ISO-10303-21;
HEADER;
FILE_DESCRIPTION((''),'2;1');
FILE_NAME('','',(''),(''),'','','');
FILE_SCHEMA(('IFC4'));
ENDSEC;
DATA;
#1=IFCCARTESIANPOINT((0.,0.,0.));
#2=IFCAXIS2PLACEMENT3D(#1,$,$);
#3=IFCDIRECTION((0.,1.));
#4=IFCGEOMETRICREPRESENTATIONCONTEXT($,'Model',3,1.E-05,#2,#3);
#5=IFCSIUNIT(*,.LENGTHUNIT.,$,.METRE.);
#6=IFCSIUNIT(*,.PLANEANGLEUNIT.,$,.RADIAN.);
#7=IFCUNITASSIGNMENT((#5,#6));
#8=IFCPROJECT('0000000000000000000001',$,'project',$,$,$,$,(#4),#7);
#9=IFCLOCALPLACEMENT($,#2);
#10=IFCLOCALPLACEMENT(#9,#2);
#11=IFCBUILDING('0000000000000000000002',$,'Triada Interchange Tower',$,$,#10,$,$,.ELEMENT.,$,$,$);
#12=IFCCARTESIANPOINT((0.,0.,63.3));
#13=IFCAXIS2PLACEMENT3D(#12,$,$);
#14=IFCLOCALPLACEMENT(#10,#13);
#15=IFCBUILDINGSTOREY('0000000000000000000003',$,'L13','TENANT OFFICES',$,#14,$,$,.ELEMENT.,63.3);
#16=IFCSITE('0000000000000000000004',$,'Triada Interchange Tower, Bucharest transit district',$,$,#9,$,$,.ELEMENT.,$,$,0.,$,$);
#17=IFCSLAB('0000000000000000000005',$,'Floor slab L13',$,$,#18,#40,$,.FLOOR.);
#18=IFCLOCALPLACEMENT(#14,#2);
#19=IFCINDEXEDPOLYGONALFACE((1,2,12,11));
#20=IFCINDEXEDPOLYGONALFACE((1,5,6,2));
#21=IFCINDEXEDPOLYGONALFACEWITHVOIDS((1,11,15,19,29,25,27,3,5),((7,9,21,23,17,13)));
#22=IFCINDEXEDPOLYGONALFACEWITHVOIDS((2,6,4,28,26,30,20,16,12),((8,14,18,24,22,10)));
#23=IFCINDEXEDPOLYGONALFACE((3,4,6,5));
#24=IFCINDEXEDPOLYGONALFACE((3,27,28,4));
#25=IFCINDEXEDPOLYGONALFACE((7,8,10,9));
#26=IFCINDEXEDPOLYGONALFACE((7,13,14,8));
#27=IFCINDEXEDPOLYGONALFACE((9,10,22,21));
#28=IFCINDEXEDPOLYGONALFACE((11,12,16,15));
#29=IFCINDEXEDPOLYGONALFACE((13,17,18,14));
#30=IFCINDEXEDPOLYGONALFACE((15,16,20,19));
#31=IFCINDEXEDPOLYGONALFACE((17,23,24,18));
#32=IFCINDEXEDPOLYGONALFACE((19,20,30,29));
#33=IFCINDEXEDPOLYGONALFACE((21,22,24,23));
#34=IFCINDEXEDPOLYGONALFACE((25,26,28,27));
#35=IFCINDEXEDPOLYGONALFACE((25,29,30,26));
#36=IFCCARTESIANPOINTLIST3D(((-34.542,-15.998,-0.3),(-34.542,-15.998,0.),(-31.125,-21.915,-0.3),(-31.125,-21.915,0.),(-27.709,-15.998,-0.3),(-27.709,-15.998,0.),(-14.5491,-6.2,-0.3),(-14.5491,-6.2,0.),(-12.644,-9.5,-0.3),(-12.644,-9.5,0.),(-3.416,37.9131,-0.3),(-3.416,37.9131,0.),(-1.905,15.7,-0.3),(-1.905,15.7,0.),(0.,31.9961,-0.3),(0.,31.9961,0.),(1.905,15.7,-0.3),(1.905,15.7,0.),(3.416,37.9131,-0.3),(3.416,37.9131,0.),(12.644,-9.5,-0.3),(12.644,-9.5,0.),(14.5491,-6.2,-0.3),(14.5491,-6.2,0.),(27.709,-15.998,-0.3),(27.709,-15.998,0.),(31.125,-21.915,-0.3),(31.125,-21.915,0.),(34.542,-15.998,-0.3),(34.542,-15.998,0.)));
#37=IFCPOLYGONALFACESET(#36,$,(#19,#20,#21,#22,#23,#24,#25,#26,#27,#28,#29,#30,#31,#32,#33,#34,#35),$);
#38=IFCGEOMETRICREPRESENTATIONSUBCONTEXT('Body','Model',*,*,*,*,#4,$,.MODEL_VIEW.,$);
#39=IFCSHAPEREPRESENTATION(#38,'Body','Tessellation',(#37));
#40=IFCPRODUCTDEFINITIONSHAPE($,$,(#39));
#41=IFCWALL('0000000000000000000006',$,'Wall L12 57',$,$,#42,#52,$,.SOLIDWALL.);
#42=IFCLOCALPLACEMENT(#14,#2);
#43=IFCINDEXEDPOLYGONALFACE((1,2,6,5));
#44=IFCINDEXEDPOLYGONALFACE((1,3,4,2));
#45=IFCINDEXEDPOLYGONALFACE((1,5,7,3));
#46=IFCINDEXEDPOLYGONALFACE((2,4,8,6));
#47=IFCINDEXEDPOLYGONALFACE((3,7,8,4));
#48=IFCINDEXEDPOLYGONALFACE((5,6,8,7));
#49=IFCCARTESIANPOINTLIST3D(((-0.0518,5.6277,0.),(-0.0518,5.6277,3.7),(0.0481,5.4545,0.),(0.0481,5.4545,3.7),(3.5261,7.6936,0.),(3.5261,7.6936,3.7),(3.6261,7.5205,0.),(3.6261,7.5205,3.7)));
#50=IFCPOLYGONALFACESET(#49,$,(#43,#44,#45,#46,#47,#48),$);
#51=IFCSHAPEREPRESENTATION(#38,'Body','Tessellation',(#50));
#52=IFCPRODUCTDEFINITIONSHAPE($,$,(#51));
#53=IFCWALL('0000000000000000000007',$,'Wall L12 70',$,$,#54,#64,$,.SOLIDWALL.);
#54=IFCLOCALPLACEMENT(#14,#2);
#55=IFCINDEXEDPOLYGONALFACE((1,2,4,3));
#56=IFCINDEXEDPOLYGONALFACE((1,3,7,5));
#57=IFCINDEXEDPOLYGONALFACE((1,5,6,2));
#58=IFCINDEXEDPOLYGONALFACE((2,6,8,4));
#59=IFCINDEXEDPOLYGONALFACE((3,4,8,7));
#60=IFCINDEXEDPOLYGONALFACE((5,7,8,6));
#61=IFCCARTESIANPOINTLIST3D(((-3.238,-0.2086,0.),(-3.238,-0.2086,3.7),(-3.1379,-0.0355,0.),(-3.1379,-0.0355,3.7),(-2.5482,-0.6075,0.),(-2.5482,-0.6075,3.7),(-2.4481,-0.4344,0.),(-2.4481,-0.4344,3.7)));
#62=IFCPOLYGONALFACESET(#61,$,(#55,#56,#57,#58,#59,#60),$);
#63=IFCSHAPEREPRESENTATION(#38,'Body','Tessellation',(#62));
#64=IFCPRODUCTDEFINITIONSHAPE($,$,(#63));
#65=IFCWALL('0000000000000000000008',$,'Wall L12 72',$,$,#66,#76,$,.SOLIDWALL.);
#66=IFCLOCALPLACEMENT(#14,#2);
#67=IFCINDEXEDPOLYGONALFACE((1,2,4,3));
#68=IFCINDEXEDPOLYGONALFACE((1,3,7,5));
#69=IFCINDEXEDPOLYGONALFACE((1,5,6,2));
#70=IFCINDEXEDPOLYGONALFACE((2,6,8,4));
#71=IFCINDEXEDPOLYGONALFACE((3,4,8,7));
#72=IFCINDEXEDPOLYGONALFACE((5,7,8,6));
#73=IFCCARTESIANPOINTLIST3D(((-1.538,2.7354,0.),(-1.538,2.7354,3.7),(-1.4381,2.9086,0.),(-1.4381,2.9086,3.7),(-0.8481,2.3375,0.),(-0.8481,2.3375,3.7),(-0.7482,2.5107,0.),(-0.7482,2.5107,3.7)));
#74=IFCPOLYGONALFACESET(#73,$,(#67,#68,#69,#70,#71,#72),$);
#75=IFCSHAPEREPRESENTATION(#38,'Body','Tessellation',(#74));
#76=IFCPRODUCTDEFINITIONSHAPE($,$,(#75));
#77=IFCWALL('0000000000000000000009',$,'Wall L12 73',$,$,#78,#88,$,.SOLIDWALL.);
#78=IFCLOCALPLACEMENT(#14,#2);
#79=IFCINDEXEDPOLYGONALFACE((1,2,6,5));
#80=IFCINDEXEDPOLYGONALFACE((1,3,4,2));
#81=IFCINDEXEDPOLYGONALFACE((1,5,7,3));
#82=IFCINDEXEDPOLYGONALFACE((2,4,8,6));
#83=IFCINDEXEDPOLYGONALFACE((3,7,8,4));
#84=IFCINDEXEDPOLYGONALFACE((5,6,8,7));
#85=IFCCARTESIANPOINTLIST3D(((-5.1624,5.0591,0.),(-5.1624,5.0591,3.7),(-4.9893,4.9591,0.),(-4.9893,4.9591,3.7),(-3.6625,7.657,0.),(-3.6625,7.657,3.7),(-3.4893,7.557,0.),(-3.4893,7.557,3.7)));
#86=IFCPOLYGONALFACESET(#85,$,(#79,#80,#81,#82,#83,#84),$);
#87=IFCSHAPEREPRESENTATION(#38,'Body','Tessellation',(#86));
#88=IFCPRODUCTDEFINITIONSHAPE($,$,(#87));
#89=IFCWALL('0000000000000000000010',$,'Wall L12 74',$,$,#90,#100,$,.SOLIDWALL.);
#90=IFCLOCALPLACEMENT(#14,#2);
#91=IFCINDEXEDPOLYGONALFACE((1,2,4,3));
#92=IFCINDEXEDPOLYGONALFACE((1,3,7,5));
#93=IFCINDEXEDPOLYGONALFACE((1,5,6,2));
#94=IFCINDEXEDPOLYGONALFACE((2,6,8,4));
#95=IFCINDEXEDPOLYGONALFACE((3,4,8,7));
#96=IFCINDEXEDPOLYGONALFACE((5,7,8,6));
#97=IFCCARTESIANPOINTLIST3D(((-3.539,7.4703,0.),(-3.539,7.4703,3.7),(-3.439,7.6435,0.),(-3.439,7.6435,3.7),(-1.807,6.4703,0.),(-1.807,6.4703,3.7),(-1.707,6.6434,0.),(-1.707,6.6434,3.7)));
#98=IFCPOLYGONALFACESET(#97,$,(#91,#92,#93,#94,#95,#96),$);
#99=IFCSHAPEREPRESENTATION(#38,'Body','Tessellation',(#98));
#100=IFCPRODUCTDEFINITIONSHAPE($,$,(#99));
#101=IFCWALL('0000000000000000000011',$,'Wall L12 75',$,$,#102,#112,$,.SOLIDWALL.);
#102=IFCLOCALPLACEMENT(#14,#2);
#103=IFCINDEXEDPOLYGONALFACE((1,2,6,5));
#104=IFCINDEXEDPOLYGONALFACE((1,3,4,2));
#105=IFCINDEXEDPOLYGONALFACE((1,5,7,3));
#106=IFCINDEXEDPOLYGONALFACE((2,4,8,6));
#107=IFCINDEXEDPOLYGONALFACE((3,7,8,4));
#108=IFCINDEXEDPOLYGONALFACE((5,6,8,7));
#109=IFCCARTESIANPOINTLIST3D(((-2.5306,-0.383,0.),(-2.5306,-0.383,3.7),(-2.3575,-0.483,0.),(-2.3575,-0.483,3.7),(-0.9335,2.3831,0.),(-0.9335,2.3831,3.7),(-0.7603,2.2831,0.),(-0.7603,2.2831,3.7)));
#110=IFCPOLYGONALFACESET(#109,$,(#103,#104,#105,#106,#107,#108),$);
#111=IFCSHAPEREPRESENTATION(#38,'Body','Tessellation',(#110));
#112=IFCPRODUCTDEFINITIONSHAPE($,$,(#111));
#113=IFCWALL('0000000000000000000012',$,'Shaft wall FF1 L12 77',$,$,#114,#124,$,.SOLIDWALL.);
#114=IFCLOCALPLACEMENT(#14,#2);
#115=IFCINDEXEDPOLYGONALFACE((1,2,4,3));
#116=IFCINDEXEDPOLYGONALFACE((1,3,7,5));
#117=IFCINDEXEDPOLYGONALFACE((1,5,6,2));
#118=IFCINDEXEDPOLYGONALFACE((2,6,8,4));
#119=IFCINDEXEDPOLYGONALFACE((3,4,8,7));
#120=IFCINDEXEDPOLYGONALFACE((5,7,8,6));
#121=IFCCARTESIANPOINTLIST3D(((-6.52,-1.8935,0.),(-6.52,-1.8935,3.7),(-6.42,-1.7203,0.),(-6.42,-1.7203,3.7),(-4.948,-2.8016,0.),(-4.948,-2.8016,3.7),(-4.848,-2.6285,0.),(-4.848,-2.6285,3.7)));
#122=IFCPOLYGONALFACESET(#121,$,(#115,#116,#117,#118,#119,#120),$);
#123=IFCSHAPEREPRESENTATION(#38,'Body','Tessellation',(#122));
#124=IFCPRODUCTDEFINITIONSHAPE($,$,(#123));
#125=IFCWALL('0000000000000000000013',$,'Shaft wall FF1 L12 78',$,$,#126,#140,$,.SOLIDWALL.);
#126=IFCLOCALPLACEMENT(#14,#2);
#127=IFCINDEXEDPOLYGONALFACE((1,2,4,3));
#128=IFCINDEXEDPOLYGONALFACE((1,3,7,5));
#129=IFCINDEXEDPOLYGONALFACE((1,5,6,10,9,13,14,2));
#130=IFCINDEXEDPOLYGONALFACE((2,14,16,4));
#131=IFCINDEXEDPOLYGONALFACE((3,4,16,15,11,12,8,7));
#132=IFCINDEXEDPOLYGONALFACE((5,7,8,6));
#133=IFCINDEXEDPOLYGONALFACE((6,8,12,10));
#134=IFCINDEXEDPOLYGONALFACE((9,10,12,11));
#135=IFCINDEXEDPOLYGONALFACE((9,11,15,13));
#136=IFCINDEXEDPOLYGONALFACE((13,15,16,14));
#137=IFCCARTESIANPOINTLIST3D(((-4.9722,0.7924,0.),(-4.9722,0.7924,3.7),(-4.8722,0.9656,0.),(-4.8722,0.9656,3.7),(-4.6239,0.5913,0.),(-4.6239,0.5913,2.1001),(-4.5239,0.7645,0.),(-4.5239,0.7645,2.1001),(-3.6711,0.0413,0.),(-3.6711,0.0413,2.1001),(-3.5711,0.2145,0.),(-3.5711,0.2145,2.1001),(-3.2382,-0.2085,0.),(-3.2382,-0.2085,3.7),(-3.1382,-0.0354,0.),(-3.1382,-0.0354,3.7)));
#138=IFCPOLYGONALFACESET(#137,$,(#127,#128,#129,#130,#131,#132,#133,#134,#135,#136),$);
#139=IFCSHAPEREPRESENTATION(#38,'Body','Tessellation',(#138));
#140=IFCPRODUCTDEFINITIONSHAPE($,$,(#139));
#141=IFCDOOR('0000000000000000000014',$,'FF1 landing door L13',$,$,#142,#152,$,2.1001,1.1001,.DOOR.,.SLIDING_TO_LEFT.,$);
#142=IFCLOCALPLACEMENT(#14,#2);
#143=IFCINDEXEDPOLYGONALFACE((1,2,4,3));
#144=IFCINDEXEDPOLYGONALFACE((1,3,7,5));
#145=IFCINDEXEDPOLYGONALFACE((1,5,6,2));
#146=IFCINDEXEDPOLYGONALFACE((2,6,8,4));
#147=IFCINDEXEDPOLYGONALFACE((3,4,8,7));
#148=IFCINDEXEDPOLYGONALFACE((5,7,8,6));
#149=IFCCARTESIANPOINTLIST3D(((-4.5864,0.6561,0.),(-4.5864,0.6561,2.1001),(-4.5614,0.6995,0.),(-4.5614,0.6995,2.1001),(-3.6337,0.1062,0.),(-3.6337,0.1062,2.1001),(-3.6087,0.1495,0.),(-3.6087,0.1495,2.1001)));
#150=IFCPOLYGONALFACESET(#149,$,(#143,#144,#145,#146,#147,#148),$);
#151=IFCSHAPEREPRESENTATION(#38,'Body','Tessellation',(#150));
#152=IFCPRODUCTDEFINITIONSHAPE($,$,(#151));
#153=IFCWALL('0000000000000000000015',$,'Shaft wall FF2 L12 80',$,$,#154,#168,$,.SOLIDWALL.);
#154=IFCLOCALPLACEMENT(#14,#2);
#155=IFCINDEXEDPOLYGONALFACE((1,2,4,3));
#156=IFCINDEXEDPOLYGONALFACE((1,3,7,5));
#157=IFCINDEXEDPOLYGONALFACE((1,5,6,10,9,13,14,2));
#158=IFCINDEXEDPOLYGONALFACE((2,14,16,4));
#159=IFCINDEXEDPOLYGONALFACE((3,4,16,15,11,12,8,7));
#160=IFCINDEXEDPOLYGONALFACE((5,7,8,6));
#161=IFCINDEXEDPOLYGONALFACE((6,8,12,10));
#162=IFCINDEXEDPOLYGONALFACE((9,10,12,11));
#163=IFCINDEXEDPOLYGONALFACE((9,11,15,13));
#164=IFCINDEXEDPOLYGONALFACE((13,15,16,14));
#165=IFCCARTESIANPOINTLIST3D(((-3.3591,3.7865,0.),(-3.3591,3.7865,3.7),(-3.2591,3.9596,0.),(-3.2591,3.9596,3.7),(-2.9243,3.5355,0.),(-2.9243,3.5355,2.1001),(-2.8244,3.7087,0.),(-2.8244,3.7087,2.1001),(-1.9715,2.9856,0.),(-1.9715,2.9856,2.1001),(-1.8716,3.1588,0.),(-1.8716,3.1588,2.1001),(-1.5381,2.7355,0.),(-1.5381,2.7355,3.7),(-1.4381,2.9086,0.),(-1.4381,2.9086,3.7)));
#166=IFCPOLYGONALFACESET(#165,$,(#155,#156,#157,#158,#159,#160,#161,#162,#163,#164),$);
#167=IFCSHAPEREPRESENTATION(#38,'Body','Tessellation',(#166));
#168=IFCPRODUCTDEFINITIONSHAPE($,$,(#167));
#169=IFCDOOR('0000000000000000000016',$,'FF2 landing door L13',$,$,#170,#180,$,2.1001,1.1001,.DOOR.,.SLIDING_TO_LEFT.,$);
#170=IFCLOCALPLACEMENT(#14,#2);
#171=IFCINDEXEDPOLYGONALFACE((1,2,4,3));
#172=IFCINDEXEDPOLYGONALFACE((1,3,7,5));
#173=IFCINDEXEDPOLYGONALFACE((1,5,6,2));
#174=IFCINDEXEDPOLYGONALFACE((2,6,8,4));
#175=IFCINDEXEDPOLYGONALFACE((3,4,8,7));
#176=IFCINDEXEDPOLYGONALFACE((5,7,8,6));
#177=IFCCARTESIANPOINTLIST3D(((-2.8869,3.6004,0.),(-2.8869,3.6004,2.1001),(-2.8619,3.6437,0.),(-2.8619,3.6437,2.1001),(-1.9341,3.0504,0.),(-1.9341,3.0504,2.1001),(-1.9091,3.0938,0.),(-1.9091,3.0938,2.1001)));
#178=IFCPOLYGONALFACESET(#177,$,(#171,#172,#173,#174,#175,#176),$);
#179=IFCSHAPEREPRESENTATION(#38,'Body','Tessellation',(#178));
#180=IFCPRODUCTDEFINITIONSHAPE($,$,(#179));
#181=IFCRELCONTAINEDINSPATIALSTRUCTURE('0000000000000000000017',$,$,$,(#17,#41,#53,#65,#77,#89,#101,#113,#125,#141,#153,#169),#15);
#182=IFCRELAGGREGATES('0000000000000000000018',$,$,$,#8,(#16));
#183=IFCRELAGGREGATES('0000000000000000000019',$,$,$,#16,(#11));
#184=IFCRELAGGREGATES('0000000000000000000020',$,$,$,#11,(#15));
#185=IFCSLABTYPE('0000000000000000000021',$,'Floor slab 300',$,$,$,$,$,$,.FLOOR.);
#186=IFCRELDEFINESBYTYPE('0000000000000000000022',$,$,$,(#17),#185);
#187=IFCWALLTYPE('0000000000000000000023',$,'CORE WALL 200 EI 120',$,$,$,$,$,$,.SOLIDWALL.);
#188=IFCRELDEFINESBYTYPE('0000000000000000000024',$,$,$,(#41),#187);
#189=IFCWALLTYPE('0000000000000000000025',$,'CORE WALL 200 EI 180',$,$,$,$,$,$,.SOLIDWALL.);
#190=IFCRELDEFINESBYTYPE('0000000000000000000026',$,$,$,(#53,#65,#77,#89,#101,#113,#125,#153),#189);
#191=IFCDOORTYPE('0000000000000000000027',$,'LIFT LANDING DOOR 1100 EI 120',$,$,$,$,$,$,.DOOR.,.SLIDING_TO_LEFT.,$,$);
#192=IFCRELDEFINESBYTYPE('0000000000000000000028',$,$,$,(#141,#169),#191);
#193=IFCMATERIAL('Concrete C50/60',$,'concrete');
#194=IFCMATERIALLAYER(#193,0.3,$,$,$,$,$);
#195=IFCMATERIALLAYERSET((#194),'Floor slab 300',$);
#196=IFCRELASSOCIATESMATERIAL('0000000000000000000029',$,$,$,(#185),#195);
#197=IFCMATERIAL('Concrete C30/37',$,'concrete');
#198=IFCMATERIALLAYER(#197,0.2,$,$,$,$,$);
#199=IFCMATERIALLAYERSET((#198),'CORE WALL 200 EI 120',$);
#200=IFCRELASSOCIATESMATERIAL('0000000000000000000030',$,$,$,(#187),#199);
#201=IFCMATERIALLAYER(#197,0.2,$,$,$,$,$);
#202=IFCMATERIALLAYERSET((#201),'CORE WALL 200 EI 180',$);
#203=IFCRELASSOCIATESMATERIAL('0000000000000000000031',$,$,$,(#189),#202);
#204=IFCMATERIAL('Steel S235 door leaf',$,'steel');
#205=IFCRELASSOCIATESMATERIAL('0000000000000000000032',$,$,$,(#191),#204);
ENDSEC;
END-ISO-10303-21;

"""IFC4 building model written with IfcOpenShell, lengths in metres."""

from ifc_helpers import new_model, si_unit, direction, frame, frame_2d, origin, place, context, subcontext, project, spatial, polyline, rectangle, outline, extrude, material, layer, layer_set, type_object, element, fill, save


model = new_model("IFC4")

# Units and contexts
model_context = context("Model", 3, precision=1e-05, world=origin(), true_north=direction((0.0, 1.0)))
body_context = subcontext(model_context, "Body", "Model", "MODEL_VIEW")
ifc_project = project(units=[si_unit("LENGTHUNIT", "METRE"), si_unit("PLANEANGLEUNIT", "RADIAN")], contexts=[model_context])

# Site, building, storey
site_placement = place(None, origin())
site = spatial("IfcSite", under=ifc_project, at=site_placement, Name="Triada Interchange Tower, Bucharest transit district", CompositionType="ELEMENT", RefElevation=0.0)
building_placement = place(site_placement, origin())
building = spatial("IfcBuilding", under=site, at=building_placement, Name="Triada Interchange Tower", CompositionType="ELEMENT")
storey_placement = place(building_placement, frame((0.0, 0.0, 63.3)))
storey = spatial("IfcBuildingStorey", under=building, at=storey_placement, Name="L13", Description="TENANT OFFICES", CompositionType="ELEMENT", Elevation=63.3)

# Slab
ifc_material_1 = material(Name="Concrete C50/60", Category="concrete")
ifc_layer_1 = layer(ifc_material_1, 0.3)
ifc_layer_set_1 = layer_set([ifc_layer_1], Name="Floor slab 300")
slab_type = type_object("IfcSlabType", Name="Floor slab 300", PredefinedType="FLOOR", material=ifc_layer_set_1)
slab_placement = place(storey_placement, frame((0.0, 0.0, -0.3)))
element("IfcSlab", 1, at=slab_placement, inside=storey, type_object=slab_type, Name="Floor slab L13", PredefinedType="FLOOR", context=body_context, shape_type="SweptSolid", body=[
    extrude(outline(polyline([(-3.416, 37.9131), (-34.542, -15.998), (-27.709, -15.998), (-31.125, -21.915), (31.125, -21.915), (27.709, -15.998), (34.542, -15.998), (3.416, 37.9131), (0.0, 31.9961), (-3.416, 37.9131)]), holes=[polyline([(1.905, 15.7), (-1.905, 15.7), (-14.5491, -6.2), (-12.644, -9.5), (12.644, -9.5), (14.5491, -6.2), (1.905, 15.7)])]), origin(), (0.0, 0.0, 1.0), 0.3),
])

# Walls
ifc_material_2 = material(Name="Concrete C30/37", Category="concrete")
ifc_layer_2 = layer(ifc_material_2, 0.2)
ifc_layer_set_2 = layer_set([ifc_layer_2], Name="CORE WALL 200 EI 120")
wall_type_1 = type_object("IfcWallType", Name="CORE WALL 200 EI 120", PredefinedType="SOLIDWALL", material=ifc_layer_set_2)
wall_1_placement = place(storey_placement, frame((-0.002, 5.541, 0.0), z_axis=(0.0, 0.0, 1.0), x_axis=(0.866002, 0.500041, 0.0)))
element("IfcWall", 2, at=wall_1_placement, inside=storey, type_object=wall_type_1, Name="Wall L12 57", PredefinedType="SOLIDWALL", context=body_context, shape_type="SweptSolid", body=[
    extrude(rectangle(XDim=4.1316, YDim=0.2, at=frame_2d((2.0659, 0.0))), origin(), (0.0, 0.0, 1.0), 3.7),
])
ifc_layer_3 = layer(ifc_material_2, 0.2)
ifc_layer_set_3 = layer_set([ifc_layer_3], Name="CORE WALL 200 EI 180")
wall_type_2 = type_object("IfcWallType", Name="CORE WALL 200 EI 180", PredefinedType="SOLIDWALL", material=ifc_layer_set_3)
wall_2_placement = place(storey_placement, frame((-3.188, -0.1221, 0.0), z_axis=(0.0, 0.0, 1.0), x_axis=(0.865706, -0.500553, 0.0)))
element("IfcWall", 3, at=wall_2_placement, inside=storey, type_object=wall_type_2, Name="Wall L12 70", PredefinedType="SOLIDWALL", context=body_context, shape_type="SweptSolid", body=[
    extrude(rectangle(XDim=0.7969, YDim=0.2, at=frame_2d((0.3984, 0.0))), origin(), (0.0, 0.0, 1.0), 3.7),
])
wall_3_placement = place(storey_placement, frame((-1.488, 2.822, 0.0), z_axis=(0.0, 0.0, 1.0), x_axis=(0.866237, -0.499634, 0.0)))
element("IfcWall", 4, at=wall_3_placement, inside=storey, type_object=wall_type_2, Name="Wall L12 72", PredefinedType="SOLIDWALL", context=body_context, shape_type="SweptSolid", body=[
    extrude(rectangle(XDim=0.7964, YDim=0.2, at=frame_2d((0.3982, 0.0))), origin(), (0.0, 0.0, 1.0), 3.7),
])
wall_4_placement = place(storey_placement, frame((-5.0759, 5.009, 0.0), z_axis=(0.0, 0.0, 1.0), x_axis=(0.500025, 0.866011, 0.0)))
element("IfcWall", 5, at=wall_4_placement, inside=storey, type_object=wall_type_2, Name="Wall L12 73", PredefinedType="SOLIDWALL", context=body_context, shape_type="SweptSolid", body=[
    extrude(rectangle(XDim=2.9998, YDim=0.2, at=frame_2d((1.5, 0.0))), origin(), (0.0, 0.0, 1.0), 3.7),
])
wall_5_placement = place(storey_placement, frame((-3.489, 7.5569, 0.0), z_axis=(0.0, 0.0, 1.0), x_axis=(0.866011, -0.500025, 0.0)))
element("IfcWall", 6, at=wall_5_placement, inside=storey, type_object=wall_type_2, Name="Wall L12 74", PredefinedType="SOLIDWALL", context=body_context, shape_type="SweptSolid", body=[
    extrude(rectangle(XDim=2.0, YDim=0.2, at=frame_2d((1.0, 0.0))), origin(), (0.0, 0.0, 1.0), 3.7),
])
wall_6_placement = place(storey_placement, frame((-2.4441, -0.4331, 0.0), z_axis=(0.0, 0.0, 1.0), x_axis=(0.500036, 0.866005, 0.0)))
element("IfcWall", 7, at=wall_6_placement, inside=storey, type_object=wall_type_2, Name="Wall L12 75", PredefinedType="SOLIDWALL", context=body_context, shape_type="SweptSolid", body=[
    extrude(rectangle(XDim=3.1941, YDim=0.2, at=frame_2d((1.5972, 0.0))), origin(), (0.0, 0.0, 1.0), 3.7),
])
wall_7_placement = place(storey_placement, frame((-6.47, -1.8069, 0.0), z_axis=(0.0, 0.0, 1.0), x_axis=(0.865883, -0.500246, 0.0)))
element("IfcWall", 8, at=wall_7_placement, inside=storey, type_object=wall_type_2, Name="Shaft wall FF1 L12 77", PredefinedType="SOLIDWALL", context=body_context, shape_type="SweptSolid", body=[
    extrude(rectangle(XDim=1.8154, YDim=0.2, at=frame_2d((0.9077, 0.0))), origin(), (0.0, 0.0, 1.0), 3.7),
])

# Walls, openings, doors
wall_8_placement = place(storey_placement, frame((-4.9221, 0.8789, 0.0), z_axis=(0.0, 0.0, 1.0), x_axis=(0.866074, -0.499916, 0.0)))
wall_8 = element("IfcWall", 9, at=wall_8_placement, inside=storey, type_object=wall_type_2, Name="Shaft wall FF1 L12 78", PredefinedType="SOLIDWALL", context=body_context, shape_type="SweptSolid", body=[
    extrude(rectangle(XDim=2.0022, YDim=0.2, at=frame_2d((1.001, 0.0))), origin(), (0.0, 0.0, 1.0), 3.7),
])
opening_1_placement = place(wall_8_placement, frame((0.4021, 0.0, 0.0)))
opening_1 = element("IfcOpeningElement", 10, at=opening_1_placement, cuts=wall_8, PredefinedType="OPENING", context=body_context, shape_type="SweptSolid", body=[
    extrude(rectangle(XDim=1.1001, YDim=2.1001, at=frame_2d((0.55, 1.05))), frame((0.0, 0.1099, 0.0), z_axis=(0.0, -1.0, 0.0), x_axis=(1.0, 0.0, 0.0)), (0.0, 0.0, 1.0), 0.22),
])
ifc_material_3 = material(Name="Steel S235 door leaf", Category="steel")
door_type = type_object("IfcDoorType", Name="LIFT LANDING DOOR 1100 EI 120", OperationType="SLIDING_TO_LEFT", PredefinedType="DOOR", material=ifc_material_3)
door_1_placement = place(opening_1_placement, origin())
door_1 = element("IfcDoor", 11, at=door_1_placement, inside=storey, type_object=door_type, Name="FF1 landing door L13", OperationType="SLIDING_TO_LEFT", OverallHeight=2.1001, OverallWidth=1.1001, PredefinedType="DOOR", context=body_context, shape_type="SweptSolid", body=[
    extrude(rectangle(XDim=1.1001, YDim=2.1001, at=frame_2d((0.55, 1.05))), frame((0.0, 0.0249, 0.0), z_axis=(0.0, -1.0, 0.0), x_axis=(1.0, 0.0, 0.0)), (0.0, 0.0, 1.0), 0.05),
])
fill(opening_1, door_1)
wall_9_placement = place(storey_placement, frame((-3.3091, 3.873, 0.0), z_axis=(0.0, 0.0, 1.0), x_axis=(0.866099, -0.499873, 0.0)))
wall_9 = element("IfcWall", 12, at=wall_9_placement, inside=storey, type_object=wall_type_2, Name="Shaft wall FF2 L12 80", PredefinedType="SOLIDWALL", context=body_context, shape_type="SweptSolid", body=[
    extrude(rectangle(XDim=2.1025, YDim=0.2, at=frame_2d((1.0513, 0.0))), origin(), (0.0, 0.0, 1.0), 3.7),
])
opening_2_placement = place(wall_9_placement, frame((0.502, 0.0, 0.0)))
opening_2 = element("IfcOpeningElement", 13, at=opening_2_placement, cuts=wall_9, PredefinedType="OPENING", context=body_context, shape_type="SweptSolid", body=[
    extrude(rectangle(XDim=1.1001, YDim=2.1001, at=frame_2d((0.55, 1.05))), frame((0.0, 0.1099, 0.0), z_axis=(0.0, -1.0, 0.0), x_axis=(1.0, 0.0, 0.0)), (0.0, 0.0, 1.0), 0.22),
])
door_2_placement = place(opening_2_placement, origin())
door_2 = element("IfcDoor", 14, at=door_2_placement, inside=storey, type_object=door_type, Name="FF2 landing door L13", OperationType="SLIDING_TO_LEFT", OverallHeight=2.1001, OverallWidth=1.1001, PredefinedType="DOOR", context=body_context, shape_type="SweptSolid", body=[
    extrude(rectangle(XDim=1.1001, YDim=2.1001, at=frame_2d((0.55, 1.05))), frame((0.0, 0.0249, 0.0), z_axis=(0.0, -1.0, 0.0), x_axis=(1.0, 0.0, 0.0)), (0.0, 0.0, 1.0), 0.05),
])
fill(opening_2, door_2)

save(model, "model.ifc")
